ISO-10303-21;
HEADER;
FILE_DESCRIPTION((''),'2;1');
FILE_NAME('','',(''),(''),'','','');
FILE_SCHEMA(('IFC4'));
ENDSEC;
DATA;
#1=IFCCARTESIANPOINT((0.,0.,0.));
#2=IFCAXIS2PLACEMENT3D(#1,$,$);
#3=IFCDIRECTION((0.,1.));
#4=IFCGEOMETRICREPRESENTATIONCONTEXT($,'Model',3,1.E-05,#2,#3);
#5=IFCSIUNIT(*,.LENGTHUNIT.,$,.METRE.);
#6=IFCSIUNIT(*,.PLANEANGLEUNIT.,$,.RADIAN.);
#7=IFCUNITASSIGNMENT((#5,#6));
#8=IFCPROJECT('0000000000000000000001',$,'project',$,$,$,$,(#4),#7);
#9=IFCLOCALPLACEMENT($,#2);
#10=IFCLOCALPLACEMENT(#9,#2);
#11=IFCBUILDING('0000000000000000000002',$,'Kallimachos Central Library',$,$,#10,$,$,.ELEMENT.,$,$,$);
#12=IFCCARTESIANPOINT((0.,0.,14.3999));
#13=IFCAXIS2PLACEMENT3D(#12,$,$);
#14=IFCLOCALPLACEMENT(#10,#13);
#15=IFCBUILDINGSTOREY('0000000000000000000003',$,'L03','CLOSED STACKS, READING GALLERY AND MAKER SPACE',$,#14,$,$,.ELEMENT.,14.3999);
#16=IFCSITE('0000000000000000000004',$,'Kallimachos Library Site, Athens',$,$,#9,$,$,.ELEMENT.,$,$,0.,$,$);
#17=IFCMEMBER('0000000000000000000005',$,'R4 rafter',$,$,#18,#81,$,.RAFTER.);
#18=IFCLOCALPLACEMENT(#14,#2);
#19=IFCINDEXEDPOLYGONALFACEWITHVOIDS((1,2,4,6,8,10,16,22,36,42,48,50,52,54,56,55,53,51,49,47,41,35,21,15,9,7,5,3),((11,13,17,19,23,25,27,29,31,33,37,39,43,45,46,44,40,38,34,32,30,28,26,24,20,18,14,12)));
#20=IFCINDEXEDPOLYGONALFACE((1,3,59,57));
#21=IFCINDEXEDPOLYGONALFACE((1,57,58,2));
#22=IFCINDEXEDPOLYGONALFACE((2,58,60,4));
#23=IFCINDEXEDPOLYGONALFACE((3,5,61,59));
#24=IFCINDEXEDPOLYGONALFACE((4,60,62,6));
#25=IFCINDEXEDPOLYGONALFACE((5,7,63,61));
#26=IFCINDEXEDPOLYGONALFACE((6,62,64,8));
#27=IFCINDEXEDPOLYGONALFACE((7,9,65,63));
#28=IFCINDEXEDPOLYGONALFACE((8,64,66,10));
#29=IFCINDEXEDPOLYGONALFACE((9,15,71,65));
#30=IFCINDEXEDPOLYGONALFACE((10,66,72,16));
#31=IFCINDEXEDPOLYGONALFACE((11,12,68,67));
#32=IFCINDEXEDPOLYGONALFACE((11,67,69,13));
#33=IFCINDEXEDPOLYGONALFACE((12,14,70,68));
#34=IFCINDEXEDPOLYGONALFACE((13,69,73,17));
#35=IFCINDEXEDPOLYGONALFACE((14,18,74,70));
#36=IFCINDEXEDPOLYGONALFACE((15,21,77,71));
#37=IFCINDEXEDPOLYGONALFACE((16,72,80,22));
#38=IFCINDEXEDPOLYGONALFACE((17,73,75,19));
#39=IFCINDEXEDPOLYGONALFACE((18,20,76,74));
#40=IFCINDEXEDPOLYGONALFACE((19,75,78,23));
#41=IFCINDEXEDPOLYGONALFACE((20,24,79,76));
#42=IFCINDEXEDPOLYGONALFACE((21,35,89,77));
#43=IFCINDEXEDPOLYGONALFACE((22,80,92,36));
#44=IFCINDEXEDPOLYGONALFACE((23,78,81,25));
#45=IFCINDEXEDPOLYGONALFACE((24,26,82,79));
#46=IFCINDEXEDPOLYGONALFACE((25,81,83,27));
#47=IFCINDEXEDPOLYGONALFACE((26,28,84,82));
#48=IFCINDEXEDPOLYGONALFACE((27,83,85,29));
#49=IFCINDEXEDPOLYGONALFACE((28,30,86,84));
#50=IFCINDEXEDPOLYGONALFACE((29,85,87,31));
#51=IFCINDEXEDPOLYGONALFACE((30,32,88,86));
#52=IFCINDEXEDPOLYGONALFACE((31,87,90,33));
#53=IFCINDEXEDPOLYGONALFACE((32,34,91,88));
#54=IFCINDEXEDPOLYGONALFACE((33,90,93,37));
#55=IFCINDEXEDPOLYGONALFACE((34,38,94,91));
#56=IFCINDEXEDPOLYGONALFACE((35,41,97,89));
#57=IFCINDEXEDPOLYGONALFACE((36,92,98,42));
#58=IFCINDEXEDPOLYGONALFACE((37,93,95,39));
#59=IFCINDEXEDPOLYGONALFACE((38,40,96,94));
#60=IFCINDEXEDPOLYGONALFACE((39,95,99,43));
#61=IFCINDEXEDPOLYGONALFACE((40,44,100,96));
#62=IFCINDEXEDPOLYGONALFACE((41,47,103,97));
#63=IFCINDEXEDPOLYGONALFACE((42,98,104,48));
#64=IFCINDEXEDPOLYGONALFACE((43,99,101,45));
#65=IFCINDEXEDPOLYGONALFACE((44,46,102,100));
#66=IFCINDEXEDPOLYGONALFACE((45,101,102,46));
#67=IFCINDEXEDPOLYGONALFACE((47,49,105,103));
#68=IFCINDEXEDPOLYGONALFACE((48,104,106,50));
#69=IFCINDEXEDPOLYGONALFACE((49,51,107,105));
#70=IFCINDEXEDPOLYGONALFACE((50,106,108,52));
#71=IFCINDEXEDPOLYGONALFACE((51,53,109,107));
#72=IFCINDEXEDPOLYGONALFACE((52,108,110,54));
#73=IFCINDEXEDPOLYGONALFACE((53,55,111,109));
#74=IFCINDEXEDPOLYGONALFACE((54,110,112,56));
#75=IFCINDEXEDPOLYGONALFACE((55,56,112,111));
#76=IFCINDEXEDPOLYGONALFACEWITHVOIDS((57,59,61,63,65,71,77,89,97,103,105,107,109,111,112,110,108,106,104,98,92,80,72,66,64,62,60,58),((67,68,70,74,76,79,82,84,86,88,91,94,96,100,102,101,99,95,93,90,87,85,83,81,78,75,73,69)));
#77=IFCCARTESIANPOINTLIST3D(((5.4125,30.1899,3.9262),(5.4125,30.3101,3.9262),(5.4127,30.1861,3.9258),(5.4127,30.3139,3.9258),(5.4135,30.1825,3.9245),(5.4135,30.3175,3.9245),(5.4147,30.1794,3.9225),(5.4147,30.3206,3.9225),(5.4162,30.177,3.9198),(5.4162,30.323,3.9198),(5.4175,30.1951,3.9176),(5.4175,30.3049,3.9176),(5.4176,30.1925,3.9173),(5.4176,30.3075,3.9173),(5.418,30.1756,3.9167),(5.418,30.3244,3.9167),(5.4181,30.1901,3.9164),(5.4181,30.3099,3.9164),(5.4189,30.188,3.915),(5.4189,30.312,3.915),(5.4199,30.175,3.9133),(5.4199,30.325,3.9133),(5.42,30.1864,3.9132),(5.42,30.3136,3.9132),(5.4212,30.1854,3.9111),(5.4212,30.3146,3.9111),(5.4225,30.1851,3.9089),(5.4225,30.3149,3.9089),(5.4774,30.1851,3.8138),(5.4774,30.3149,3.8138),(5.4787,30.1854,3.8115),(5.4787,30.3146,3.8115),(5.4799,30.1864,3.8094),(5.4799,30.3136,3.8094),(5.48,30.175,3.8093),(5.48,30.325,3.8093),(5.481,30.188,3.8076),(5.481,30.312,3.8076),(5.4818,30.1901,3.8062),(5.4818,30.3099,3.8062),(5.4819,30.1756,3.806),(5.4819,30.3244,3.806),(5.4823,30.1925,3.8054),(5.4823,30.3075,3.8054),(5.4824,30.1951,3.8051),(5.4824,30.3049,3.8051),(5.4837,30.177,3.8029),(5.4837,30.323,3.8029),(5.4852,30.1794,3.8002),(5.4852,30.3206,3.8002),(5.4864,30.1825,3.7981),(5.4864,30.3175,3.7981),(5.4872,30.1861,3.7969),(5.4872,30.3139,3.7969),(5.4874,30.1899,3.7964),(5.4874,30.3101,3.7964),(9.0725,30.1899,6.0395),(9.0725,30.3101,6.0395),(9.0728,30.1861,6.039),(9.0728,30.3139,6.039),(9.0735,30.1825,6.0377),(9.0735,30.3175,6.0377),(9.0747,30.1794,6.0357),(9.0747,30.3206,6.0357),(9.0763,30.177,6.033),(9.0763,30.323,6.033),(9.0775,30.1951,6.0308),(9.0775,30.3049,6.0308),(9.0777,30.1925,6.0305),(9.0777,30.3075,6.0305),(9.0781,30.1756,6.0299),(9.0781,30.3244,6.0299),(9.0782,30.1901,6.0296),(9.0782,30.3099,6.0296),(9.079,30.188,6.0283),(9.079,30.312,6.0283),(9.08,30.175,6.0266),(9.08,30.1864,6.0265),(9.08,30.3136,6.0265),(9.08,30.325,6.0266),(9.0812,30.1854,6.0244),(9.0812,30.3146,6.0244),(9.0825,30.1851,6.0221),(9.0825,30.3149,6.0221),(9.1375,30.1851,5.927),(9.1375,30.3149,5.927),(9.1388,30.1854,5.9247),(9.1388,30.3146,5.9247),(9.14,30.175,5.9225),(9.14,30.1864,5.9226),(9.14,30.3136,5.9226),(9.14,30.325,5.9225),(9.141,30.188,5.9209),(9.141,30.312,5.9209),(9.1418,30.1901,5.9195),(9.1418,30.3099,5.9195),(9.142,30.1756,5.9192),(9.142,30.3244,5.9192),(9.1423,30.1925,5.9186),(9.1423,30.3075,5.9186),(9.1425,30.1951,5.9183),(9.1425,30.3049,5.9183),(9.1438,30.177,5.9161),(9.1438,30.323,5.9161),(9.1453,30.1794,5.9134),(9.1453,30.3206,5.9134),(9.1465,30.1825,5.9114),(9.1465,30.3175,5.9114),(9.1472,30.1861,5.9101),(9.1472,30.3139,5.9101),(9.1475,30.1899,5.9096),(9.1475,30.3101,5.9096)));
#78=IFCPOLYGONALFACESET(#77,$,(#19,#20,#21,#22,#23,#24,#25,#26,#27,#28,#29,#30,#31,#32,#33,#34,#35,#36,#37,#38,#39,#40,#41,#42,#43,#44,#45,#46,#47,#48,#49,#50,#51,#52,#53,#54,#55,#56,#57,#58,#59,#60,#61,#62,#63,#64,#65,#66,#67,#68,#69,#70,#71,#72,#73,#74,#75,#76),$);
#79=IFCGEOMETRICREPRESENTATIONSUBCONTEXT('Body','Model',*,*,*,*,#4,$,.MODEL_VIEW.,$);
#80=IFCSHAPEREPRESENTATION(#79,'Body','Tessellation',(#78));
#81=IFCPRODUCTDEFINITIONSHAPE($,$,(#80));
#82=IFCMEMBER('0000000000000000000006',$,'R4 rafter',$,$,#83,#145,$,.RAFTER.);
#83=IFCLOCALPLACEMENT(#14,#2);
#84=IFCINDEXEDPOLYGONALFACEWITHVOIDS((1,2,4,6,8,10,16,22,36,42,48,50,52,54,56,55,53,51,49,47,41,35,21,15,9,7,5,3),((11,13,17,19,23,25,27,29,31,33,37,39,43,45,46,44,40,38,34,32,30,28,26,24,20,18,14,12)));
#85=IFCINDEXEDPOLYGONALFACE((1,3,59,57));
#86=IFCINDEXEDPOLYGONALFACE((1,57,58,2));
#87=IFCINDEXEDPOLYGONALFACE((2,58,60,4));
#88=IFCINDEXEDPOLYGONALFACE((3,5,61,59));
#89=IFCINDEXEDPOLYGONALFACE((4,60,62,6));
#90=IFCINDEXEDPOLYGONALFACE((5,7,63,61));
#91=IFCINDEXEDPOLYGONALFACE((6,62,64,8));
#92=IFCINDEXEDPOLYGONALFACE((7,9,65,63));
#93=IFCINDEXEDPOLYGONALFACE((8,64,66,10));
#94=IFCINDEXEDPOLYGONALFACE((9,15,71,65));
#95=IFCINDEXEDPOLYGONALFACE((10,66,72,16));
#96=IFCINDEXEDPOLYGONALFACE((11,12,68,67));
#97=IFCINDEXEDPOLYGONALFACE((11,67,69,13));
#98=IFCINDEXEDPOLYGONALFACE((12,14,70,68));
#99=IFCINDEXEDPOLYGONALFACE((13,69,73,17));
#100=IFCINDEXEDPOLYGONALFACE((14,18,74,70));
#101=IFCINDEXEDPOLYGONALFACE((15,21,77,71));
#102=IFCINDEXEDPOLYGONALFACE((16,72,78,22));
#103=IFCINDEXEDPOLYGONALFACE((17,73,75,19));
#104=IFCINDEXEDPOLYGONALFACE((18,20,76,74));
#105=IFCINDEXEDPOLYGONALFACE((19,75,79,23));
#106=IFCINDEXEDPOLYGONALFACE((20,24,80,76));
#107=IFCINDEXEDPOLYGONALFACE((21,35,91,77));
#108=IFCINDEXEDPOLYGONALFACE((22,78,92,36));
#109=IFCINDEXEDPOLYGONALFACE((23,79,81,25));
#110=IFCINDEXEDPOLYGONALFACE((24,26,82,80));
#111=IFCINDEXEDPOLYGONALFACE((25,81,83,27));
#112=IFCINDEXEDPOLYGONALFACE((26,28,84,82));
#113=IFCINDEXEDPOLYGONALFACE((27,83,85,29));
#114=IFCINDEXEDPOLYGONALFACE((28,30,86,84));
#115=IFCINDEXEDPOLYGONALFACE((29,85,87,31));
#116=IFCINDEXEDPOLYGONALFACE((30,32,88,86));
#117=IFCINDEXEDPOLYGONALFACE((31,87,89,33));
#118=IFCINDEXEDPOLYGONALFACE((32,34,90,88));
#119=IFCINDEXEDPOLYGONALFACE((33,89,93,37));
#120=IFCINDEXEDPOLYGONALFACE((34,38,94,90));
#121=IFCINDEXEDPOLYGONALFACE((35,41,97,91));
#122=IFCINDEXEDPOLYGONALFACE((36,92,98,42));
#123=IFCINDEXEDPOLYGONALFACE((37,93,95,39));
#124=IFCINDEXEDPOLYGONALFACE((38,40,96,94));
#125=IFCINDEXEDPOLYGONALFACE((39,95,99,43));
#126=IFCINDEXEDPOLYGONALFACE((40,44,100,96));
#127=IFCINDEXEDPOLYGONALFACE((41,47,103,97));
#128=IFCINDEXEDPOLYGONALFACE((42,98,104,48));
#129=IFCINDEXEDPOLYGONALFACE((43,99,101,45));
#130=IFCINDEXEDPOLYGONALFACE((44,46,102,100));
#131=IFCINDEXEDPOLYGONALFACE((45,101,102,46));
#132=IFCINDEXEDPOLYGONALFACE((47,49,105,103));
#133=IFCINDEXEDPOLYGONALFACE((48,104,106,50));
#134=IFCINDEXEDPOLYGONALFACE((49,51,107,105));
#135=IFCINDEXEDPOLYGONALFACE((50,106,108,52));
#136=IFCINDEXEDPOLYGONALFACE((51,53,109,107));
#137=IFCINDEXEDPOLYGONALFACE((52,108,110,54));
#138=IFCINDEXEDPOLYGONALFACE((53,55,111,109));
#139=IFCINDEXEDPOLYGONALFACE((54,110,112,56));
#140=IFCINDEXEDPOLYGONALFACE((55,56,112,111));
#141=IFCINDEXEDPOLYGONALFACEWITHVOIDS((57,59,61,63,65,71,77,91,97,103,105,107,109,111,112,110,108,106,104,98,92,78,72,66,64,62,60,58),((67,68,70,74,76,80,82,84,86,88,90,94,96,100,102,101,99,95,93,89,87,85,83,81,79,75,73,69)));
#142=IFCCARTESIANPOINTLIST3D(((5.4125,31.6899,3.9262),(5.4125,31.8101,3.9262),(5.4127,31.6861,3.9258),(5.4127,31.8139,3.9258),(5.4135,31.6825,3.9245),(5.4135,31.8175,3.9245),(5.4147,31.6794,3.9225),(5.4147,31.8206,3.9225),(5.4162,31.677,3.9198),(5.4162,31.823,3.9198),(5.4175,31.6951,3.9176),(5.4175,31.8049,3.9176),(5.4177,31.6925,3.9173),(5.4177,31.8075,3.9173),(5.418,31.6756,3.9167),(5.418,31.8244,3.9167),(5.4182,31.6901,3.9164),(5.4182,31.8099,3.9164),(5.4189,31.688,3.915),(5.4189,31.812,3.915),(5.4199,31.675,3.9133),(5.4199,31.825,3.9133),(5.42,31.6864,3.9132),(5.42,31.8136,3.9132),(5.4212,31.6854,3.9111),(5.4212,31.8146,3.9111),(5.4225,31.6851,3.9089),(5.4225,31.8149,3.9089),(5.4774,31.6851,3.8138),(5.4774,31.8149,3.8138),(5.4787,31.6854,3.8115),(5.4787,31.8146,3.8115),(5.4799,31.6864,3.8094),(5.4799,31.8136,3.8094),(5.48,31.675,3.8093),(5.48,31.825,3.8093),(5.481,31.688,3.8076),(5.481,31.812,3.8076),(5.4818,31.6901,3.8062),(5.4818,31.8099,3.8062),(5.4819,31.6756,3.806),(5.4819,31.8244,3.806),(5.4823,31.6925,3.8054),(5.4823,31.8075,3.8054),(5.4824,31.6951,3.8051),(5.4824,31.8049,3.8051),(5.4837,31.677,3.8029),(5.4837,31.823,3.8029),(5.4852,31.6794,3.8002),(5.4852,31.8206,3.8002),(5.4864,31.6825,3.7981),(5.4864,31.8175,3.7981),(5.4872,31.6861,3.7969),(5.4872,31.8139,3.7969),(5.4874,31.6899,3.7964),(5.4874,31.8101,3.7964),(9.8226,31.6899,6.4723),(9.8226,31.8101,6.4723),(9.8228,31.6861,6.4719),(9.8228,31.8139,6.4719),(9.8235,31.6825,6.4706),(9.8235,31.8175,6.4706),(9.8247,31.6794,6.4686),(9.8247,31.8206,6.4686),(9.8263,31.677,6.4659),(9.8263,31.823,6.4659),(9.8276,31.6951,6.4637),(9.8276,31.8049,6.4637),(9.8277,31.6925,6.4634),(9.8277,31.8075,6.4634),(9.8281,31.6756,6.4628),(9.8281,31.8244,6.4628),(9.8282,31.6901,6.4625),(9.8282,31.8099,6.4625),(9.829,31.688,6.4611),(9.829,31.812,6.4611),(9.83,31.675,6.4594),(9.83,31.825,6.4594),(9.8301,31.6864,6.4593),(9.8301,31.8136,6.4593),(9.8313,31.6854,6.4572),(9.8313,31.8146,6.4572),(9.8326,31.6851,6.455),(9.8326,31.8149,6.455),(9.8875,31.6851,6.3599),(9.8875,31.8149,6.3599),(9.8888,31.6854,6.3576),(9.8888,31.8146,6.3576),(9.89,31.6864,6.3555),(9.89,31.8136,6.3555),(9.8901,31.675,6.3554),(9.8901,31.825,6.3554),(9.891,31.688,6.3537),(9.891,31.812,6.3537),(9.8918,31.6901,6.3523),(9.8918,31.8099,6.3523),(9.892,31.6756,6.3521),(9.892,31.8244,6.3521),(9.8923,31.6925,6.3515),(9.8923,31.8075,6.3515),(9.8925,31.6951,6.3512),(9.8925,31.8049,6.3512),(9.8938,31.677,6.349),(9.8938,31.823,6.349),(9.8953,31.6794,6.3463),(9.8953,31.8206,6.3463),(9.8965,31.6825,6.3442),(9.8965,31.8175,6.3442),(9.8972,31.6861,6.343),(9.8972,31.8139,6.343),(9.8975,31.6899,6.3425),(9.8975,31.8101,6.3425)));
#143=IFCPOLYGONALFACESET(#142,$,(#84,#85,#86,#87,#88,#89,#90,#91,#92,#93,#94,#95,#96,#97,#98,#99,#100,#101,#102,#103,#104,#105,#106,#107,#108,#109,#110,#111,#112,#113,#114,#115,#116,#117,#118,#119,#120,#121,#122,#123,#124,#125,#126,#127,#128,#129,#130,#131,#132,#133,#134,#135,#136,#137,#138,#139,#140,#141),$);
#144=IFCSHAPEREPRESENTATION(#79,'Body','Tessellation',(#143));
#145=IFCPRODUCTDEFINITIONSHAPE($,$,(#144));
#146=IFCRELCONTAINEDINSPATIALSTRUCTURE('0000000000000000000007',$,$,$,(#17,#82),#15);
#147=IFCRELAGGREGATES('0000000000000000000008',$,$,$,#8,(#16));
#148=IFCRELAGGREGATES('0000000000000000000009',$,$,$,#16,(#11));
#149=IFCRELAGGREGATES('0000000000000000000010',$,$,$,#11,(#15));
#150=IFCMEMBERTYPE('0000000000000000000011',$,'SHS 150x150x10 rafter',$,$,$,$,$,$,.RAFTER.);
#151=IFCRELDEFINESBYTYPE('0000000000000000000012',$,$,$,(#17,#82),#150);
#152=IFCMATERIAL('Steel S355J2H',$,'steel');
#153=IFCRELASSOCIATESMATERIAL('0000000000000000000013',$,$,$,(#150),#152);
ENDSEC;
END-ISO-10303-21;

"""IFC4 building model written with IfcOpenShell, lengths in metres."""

from ifc_helpers import new_model, si_unit, direction, frame, origin, origin_2d, place, context, subcontext, project, spatial, hollow_rectangle, extrude, material, material_profile, profile_set, type_object, element, save


model = new_model("IFC4")

# Units and contexts
model_context = context("Model", 3, precision=1e-05, world=origin(), true_north=direction((0.0, 1.0)))
body_context = subcontext(model_context, "Body", "Model", "MODEL_VIEW")
ifc_project = project(units=[si_unit("LENGTHUNIT", "METRE"), si_unit("PLANEANGLEUNIT", "RADIAN")], contexts=[model_context])

# Site, building, storey
site_placement = place(None, origin())
site = spatial("IfcSite", under=ifc_project, at=site_placement, Name="Kallimachos Library Site, Athens", CompositionType="ELEMENT", RefElevation=0.0)
building_placement = place(site_placement, origin())
building = spatial("IfcBuilding", under=site, at=building_placement, Name="Kallimachos Central Library", CompositionType="ELEMENT")
storey_placement = place(building_placement, frame((0.0, 0.0, 14.3999)))
storey = spatial("IfcBuildingStorey", under=building, at=storey_placement, Name="L03", Description="CLOSED STACKS, READING GALLERY AND MAKER SPACE", CompositionType="ELEMENT", Elevation=14.3999)

# Members
ifc_material_1 = material(Name="Steel S355J2H", Category="steel")
ifc_material_profile_1 = material_profile(ifc_material_1, hollow_rectangle(XDim=0.1499, YDim=0.1499, WallThickness=0.01, InnerFilletRadius=0.01, OuterFilletRadius=0.0149, at=origin_2d()), Name="SHS 150x150x10")
ifc_profile_set_1 = profile_set([ifc_material_profile_1], Name="Steel S355J2H")
member_type_1 = type_object("IfcMemberType", Name="SHS 150x150x10 rafter", PredefinedType="RAFTER", material=ifc_profile_set_1)
member_1_placement = place(storey_placement, frame((5.45, 30.25, 3.8613), z_axis=(0.866016, 0.0, 0.500016), x_axis=(0.0, 1.0, 0.0)))
element("IfcMember", 1, at=member_1_placement, inside=storey, type_object=member_type_1, Name="R4 rafter", PredefinedType="RAFTER", context=body_context, shape_type="SweptSolid", body=[
    extrude(hollow_rectangle(XDim=0.1499, YDim=0.1499, WallThickness=0.01, InnerFilletRadius=0.01, OuterFilletRadius=0.0149, at=origin_2d()), origin(), (0.0, 0.0, 1.0), 4.2263),
])
member_2_placement = place(storey_placement, frame((5.45, 31.75, 3.8613), z_axis=(0.866031, 0.0, 0.499991), x_axis=(0.0, 1.0, 0.0)))
element("IfcMember", 2, at=member_2_placement, inside=storey, type_object=member_type_1, Name="R4 rafter", PredefinedType="RAFTER", context=body_context, shape_type="SweptSolid", body=[
    extrude(hollow_rectangle(XDim=0.1499, YDim=0.1499, WallThickness=0.01, InnerFilletRadius=0.01, OuterFilletRadius=0.0149, at=origin_2d()), origin(), (0.0, 0.0, 1.0), 5.0923),
])

save(model, "model.ifc")
